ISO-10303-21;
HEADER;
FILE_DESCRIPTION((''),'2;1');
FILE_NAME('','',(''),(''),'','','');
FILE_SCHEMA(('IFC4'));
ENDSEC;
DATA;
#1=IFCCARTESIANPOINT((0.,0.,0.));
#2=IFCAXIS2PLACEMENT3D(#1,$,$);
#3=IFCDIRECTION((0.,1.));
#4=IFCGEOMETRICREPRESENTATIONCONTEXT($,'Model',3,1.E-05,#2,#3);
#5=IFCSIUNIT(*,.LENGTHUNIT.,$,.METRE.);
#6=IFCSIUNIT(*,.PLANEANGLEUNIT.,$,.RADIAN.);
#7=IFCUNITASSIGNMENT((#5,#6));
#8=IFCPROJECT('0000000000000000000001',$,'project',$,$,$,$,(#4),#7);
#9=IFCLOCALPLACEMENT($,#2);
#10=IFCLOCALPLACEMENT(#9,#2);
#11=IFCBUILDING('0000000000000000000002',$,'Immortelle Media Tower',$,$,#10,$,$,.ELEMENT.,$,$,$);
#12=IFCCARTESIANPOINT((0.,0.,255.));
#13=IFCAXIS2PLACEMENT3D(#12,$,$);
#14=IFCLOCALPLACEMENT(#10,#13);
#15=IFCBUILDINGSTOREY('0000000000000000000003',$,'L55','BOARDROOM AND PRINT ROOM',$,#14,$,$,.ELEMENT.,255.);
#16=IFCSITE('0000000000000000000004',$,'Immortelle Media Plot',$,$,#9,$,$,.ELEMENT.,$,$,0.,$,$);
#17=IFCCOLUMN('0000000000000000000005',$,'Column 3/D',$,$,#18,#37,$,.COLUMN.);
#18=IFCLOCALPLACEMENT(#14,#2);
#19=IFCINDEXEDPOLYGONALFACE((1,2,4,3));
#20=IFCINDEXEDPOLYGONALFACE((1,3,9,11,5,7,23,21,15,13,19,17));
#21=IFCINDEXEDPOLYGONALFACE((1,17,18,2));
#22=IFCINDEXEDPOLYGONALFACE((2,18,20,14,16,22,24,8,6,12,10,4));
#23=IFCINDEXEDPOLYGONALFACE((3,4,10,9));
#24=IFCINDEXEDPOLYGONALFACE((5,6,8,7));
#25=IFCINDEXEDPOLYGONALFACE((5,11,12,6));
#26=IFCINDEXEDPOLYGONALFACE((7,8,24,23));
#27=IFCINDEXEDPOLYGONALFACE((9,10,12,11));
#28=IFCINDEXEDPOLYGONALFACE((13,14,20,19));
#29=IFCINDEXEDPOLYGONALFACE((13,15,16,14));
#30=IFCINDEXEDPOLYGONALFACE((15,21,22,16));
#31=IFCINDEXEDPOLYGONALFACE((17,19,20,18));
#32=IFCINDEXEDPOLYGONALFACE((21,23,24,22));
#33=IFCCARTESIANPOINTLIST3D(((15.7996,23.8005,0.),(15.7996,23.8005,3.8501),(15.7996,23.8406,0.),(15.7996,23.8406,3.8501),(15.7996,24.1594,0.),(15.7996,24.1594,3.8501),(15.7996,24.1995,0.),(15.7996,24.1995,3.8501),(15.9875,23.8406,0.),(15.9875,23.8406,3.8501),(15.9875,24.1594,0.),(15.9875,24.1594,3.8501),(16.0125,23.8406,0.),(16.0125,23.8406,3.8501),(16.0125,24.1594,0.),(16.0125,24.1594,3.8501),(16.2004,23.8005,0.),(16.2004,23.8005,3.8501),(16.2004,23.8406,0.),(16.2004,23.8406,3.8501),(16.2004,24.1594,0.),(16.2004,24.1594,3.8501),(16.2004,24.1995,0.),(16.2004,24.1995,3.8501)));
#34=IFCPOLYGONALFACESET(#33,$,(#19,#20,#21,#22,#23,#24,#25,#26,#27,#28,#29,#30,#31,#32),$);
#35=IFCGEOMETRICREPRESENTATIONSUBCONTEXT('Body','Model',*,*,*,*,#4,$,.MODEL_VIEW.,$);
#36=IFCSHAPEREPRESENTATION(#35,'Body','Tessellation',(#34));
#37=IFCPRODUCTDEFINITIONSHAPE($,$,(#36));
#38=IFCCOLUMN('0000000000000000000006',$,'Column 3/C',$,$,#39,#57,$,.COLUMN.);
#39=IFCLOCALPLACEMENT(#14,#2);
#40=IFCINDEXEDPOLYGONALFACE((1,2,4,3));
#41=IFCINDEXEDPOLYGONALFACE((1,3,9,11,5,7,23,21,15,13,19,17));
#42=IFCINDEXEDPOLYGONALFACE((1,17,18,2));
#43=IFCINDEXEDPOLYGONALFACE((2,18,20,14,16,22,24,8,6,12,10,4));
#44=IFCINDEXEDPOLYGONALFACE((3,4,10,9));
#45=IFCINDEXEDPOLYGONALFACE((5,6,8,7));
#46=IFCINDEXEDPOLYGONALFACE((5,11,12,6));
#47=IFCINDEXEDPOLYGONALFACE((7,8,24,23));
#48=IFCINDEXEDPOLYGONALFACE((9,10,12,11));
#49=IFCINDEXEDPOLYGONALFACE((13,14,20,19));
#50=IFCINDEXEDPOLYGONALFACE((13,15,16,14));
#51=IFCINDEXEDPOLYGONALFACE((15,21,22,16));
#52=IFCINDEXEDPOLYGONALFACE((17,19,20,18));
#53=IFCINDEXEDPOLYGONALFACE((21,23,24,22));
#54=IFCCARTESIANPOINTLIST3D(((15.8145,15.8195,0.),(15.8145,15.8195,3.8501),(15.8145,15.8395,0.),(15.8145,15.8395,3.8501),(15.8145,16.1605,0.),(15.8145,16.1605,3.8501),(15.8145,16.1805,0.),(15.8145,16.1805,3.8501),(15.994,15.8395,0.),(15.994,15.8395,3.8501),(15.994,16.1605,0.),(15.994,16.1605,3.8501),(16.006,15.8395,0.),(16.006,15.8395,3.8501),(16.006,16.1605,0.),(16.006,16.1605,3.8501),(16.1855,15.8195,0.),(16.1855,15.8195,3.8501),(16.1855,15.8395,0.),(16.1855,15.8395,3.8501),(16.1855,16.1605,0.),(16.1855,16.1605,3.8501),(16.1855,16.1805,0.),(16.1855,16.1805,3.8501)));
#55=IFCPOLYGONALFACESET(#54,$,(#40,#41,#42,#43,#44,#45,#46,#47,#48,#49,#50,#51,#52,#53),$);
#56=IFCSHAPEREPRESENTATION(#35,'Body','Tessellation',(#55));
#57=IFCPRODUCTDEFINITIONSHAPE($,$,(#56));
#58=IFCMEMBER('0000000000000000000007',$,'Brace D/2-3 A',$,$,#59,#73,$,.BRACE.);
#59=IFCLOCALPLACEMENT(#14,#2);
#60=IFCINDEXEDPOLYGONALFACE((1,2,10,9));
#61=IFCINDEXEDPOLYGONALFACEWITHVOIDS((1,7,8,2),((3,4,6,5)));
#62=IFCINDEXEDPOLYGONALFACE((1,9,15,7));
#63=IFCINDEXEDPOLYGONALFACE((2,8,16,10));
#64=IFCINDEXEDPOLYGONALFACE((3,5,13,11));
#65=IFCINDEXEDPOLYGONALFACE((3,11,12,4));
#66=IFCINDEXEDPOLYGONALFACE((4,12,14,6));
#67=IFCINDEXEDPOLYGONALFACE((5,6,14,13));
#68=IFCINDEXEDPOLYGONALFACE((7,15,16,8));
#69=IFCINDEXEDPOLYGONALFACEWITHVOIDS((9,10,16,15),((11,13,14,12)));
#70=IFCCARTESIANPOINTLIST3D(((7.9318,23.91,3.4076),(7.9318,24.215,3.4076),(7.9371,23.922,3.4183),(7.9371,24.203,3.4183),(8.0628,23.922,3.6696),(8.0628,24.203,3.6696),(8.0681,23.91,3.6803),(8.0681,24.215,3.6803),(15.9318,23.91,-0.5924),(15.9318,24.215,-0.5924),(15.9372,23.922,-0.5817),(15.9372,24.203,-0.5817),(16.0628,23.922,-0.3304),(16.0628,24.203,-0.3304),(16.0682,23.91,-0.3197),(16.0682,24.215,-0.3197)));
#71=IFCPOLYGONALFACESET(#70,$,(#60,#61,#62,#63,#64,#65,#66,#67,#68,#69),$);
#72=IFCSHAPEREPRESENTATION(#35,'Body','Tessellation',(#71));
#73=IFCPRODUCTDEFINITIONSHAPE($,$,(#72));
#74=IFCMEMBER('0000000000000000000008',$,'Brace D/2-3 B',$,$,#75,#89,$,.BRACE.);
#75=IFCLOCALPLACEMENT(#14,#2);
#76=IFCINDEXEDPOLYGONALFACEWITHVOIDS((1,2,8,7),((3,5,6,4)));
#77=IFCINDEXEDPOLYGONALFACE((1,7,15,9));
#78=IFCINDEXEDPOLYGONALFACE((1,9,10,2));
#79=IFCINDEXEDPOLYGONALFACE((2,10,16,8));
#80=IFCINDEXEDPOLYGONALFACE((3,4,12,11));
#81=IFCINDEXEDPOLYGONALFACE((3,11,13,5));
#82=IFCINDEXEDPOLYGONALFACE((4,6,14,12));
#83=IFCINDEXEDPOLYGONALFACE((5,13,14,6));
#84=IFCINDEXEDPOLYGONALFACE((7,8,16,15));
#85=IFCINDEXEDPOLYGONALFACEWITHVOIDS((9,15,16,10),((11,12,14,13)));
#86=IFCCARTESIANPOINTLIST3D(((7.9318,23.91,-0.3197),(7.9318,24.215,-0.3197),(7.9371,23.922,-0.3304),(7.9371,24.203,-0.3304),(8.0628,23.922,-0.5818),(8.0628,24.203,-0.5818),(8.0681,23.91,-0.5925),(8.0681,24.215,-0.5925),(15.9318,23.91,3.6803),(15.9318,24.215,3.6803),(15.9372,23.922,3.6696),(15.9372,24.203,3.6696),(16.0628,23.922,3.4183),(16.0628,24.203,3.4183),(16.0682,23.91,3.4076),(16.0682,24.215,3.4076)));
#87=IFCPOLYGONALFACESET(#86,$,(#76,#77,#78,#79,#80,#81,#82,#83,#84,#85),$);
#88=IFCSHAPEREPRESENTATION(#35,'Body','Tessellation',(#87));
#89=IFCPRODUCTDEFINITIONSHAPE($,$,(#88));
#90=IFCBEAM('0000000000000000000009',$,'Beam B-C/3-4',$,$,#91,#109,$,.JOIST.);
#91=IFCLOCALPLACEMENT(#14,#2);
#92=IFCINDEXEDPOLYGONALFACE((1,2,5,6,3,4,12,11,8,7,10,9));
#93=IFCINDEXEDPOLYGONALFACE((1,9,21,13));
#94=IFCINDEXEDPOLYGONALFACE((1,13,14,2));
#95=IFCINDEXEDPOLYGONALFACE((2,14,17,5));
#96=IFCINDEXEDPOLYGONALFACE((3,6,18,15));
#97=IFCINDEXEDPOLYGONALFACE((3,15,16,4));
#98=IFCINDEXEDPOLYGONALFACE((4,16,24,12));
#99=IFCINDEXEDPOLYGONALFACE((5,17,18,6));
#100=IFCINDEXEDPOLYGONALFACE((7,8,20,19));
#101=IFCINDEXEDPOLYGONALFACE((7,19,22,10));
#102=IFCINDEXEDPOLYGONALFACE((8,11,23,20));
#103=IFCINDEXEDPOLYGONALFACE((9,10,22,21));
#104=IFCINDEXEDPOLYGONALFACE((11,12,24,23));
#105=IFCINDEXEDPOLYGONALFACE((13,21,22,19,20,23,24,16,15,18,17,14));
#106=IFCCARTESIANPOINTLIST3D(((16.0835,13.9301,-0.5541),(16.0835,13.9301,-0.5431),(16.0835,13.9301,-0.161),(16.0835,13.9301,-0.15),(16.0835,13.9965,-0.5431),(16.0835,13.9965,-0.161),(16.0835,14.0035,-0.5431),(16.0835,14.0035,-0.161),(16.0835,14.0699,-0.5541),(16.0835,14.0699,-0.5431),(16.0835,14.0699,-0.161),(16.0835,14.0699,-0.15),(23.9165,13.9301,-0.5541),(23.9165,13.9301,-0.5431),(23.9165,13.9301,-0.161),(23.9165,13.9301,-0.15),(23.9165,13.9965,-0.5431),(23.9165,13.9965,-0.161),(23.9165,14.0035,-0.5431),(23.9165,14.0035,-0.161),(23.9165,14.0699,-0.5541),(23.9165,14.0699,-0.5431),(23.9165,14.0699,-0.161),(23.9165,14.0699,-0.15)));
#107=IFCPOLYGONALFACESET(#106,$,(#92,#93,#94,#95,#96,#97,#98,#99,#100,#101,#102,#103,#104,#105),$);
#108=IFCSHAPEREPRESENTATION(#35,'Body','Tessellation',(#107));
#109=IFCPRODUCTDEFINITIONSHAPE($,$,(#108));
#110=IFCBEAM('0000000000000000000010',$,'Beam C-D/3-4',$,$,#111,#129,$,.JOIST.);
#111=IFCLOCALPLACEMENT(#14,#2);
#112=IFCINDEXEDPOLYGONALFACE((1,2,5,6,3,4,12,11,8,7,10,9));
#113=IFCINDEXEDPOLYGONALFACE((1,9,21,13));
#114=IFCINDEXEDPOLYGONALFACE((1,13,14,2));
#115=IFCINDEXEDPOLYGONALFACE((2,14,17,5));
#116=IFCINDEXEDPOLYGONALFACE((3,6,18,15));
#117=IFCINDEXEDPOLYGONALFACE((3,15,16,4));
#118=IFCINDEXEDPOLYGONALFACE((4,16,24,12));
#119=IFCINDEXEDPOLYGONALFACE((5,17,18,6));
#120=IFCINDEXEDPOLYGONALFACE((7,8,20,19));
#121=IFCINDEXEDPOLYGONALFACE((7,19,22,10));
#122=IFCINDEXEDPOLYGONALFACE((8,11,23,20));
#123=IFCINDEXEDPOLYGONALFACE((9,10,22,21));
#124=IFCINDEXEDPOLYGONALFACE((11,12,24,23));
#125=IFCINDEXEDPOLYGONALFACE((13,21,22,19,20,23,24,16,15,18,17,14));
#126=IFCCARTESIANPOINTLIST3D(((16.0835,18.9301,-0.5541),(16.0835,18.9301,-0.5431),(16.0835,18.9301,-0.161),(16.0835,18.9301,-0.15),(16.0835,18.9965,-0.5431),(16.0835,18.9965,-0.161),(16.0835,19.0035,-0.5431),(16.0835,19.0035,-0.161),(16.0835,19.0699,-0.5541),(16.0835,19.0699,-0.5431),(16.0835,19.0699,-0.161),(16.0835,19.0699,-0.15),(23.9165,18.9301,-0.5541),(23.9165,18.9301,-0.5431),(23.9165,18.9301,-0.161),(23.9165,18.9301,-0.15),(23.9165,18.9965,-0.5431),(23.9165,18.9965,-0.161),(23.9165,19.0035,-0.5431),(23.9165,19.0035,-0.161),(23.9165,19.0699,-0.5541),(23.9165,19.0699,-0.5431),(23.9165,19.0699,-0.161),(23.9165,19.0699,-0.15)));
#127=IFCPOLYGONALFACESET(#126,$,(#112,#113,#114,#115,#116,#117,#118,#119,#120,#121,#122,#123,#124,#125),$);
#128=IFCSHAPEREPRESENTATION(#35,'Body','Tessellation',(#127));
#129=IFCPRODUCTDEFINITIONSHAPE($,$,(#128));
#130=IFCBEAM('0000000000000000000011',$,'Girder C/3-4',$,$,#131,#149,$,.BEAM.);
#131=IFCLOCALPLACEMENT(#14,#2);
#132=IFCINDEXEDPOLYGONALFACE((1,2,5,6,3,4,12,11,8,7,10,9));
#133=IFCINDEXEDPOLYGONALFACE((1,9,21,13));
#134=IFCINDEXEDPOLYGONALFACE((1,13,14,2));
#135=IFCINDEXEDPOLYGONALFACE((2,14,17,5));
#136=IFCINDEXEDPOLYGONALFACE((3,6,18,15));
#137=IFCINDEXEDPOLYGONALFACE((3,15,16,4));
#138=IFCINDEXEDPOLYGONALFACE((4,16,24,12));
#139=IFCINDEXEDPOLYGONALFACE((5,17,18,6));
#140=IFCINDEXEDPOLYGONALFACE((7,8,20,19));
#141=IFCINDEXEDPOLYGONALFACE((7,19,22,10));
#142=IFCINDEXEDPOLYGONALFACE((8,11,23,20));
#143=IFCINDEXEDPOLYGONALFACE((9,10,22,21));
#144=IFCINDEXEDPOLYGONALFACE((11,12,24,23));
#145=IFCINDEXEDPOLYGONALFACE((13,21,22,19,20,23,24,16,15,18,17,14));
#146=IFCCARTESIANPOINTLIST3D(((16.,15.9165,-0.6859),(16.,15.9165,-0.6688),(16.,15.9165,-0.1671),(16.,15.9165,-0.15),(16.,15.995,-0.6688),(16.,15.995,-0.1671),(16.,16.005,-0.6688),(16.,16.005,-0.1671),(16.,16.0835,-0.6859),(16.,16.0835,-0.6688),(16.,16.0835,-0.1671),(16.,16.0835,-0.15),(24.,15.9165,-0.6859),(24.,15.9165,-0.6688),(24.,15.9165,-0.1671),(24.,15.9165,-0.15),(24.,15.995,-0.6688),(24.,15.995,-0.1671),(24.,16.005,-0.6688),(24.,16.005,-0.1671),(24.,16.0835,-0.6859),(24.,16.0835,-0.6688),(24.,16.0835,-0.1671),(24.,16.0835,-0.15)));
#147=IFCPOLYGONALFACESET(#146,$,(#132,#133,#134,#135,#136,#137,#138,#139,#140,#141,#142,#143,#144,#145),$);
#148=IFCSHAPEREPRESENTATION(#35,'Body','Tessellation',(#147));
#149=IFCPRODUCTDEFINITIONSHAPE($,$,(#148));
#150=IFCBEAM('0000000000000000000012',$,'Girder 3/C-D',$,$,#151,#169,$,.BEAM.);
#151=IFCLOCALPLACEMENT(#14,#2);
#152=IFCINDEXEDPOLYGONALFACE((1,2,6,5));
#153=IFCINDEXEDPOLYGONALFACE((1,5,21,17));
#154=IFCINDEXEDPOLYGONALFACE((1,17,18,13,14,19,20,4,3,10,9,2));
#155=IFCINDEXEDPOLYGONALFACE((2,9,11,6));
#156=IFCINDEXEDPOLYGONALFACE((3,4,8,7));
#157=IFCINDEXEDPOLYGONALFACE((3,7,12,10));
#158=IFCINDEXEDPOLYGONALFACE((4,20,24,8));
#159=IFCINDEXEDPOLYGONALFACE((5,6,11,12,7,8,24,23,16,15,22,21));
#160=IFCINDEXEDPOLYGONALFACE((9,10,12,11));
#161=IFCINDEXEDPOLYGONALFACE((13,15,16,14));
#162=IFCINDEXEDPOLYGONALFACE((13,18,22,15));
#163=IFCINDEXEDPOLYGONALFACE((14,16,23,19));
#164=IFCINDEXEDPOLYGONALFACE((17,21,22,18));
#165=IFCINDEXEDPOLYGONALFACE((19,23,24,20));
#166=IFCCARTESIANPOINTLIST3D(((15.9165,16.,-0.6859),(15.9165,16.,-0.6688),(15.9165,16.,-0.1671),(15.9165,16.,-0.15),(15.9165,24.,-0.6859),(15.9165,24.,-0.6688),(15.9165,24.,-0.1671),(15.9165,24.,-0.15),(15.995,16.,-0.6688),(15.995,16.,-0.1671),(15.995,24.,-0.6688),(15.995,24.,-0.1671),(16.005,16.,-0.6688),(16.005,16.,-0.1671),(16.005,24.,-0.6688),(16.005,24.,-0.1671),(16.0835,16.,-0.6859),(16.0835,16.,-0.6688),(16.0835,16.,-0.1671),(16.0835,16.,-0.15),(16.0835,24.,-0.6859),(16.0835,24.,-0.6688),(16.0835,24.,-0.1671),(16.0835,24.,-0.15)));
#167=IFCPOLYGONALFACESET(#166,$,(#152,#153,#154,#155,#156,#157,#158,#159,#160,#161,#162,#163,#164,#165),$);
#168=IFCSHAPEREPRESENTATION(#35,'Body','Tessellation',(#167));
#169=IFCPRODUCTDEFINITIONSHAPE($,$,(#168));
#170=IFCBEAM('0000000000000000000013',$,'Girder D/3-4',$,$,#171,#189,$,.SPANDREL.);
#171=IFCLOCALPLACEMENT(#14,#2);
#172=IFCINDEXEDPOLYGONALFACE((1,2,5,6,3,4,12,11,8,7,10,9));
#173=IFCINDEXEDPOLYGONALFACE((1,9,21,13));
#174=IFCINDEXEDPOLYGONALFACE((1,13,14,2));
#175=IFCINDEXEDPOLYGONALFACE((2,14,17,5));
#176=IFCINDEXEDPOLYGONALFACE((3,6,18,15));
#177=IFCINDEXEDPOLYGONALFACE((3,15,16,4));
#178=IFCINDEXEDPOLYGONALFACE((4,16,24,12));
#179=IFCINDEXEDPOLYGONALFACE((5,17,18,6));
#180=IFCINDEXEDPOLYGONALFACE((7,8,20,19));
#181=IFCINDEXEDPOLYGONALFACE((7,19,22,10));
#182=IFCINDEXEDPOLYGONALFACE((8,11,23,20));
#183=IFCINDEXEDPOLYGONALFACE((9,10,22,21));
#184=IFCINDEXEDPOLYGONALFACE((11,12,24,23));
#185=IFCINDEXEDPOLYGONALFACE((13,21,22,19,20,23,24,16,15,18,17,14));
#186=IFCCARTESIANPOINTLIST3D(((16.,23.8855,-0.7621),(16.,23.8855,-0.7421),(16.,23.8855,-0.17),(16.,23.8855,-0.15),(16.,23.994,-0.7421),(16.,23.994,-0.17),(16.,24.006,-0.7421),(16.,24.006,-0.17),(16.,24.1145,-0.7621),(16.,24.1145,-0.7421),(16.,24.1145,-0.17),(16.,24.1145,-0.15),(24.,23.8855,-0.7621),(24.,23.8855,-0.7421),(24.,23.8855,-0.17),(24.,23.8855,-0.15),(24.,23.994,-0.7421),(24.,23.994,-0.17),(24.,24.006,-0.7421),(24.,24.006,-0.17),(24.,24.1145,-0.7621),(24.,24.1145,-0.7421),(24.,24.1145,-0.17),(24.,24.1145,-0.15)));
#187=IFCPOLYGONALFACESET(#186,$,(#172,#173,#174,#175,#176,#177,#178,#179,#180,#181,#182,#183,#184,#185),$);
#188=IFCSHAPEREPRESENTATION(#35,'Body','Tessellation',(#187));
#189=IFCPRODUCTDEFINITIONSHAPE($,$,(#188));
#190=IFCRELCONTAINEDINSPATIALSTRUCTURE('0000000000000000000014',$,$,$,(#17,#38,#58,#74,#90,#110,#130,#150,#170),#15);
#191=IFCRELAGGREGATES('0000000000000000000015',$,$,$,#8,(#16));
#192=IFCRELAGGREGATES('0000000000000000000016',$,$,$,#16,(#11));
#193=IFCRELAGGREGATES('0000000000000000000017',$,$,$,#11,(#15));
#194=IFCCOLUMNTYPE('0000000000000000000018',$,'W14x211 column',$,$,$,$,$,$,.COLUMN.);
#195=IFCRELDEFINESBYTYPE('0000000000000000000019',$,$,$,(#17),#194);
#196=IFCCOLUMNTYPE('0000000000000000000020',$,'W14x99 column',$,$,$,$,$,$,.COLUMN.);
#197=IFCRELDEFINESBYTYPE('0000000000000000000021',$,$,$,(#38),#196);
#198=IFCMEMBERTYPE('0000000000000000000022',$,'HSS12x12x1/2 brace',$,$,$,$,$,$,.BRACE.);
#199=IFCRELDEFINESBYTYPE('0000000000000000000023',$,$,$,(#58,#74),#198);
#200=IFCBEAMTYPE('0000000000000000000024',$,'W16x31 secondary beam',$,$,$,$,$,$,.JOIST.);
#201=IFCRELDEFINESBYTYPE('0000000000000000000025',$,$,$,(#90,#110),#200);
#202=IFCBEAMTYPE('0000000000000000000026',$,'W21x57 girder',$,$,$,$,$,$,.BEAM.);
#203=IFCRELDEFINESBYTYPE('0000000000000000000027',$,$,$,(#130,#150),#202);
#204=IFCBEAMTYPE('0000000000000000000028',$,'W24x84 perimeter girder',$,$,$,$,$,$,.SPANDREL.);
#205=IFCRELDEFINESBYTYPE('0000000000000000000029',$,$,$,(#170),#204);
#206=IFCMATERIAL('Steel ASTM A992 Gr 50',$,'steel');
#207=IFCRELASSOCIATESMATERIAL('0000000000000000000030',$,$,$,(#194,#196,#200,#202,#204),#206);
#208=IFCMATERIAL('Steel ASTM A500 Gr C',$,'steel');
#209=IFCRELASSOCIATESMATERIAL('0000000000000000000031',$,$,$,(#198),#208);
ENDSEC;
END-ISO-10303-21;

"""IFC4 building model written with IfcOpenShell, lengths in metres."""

from ifc_helpers import new_model, si_unit, direction, frame, origin, origin_2d, place, context, subcontext, project, spatial, hollow_rectangle, i_section, extrude, material, material_profile, profile_set, type_object, element, save


model = new_model("IFC4")

# Units and contexts
model_context = context("Model", 3, precision=1e-05, world=origin(), true_north=direction((0.0, 1.0)))
body_context = subcontext(model_context, "Body", "Model", "MODEL_VIEW")
ifc_project = project(units=[si_unit("LENGTHUNIT", "METRE"), si_unit("PLANEANGLEUNIT", "RADIAN")], contexts=[model_context])

# Site, building, storey
site_placement = place(None, origin())
site = spatial("IfcSite", under=ifc_project, at=site_placement, Name="Immortelle Media Plot", CompositionType="ELEMENT", RefElevation=0.0)
building_placement = place(site_placement, origin())
building = spatial("IfcBuilding", under=site, at=building_placement, Name="Immortelle Media Tower", CompositionType="ELEMENT")
storey_placement = place(building_placement, frame((0.0, 0.0, 255.0)))
storey = spatial("IfcBuildingStorey", under=building, at=storey_placement, Name="L55", Description="BOARDROOM AND PRINT ROOM", CompositionType="ELEMENT", Elevation=255.0)

# Columns
ifc_material_1 = material(Name="Steel ASTM A992 Gr 50", Category="steel")
ifc_material_profile_1 = material_profile(ifc_material_1, i_section(OverallWidth=0.4009, OverallDepth=0.3989, WebThickness=0.0249, FlangeThickness=0.04, at=origin_2d()), Name="W14x211")
ifc_profile_set_1 = profile_set([ifc_material_profile_1], Name="Steel ASTM A992 Gr 50")
column_type_1 = type_object("IfcColumnType", Name="W14x211 column", PredefinedType="COLUMN", material=ifc_profile_set_1)
column_1_placement = place(storey_placement, frame((16.0, 24.0, 0.0), z_axis=(0.0, 0.0, 1.0), x_axis=(1.0, 0.0, 0.0)))
element("IfcColumn", 1, at=column_1_placement, inside=storey, type_object=column_type_1, Name="Column 3/D", PredefinedType="COLUMN", context=body_context, shape_type="SweptSolid", body=[
    extrude(i_section(OverallWidth=0.4009, OverallDepth=0.3989, WebThickness=0.0249, FlangeThickness=0.04, at=origin_2d()), origin(), (0.0, 0.0, 1.0), 3.8501),
])
ifc_material_profile_2 = material_profile(ifc_material_1, i_section(OverallWidth=0.3711, OverallDepth=0.3611, WebThickness=0.012, FlangeThickness=0.02, at=origin_2d()), Name="W14x99")
ifc_profile_set_2 = profile_set([ifc_material_profile_2], Name="Steel ASTM A992 Gr 50")
column_type_2 = type_object("IfcColumnType", Name="W14x99 column", PredefinedType="COLUMN", material=ifc_profile_set_2)
column_2_placement = place(storey_placement, frame((16.0, 16.0, 0.0), z_axis=(0.0, 0.0, 1.0), x_axis=(1.0, 0.0, 0.0)))
element("IfcColumn", 2, at=column_2_placement, inside=storey, type_object=column_type_2, Name="Column 3/C", PredefinedType="COLUMN", context=body_context, shape_type="SweptSolid", body=[
    extrude(i_section(OverallWidth=0.3711, OverallDepth=0.3611, WebThickness=0.012, FlangeThickness=0.02, at=origin_2d()), origin(), (0.0, 0.0, 1.0), 3.8501),
])

# Members
ifc_material_2 = material(Name="Steel ASTM A500 Gr C", Category="steel")
ifc_material_profile_3 = material_profile(ifc_material_2, hollow_rectangle(XDim=0.3049, YDim=0.3049, WallThickness=0.012, at=origin_2d()), Name="HSS12x12x1/2 brace")
ifc_profile_set_3 = profile_set([ifc_material_profile_3], Name="Steel ASTM A500 Gr C")
member_type = type_object("IfcMemberType", Name="HSS12x12x1/2 brace", PredefinedType="BRACE", material=ifc_profile_set_3)
for number, where, z_axis, x_axis, name in (
    (3, (16.0, 24.0625, -0.4561), (-0.894427, 0.0, 0.447214), (0.0, -1.0, 0.0), "Brace D/2-3 A"),
    (4, (16.0, 24.0625, 3.5439), (-0.894427, 0.0, -0.447214), (0.0, -1.0, 0.0), "Brace D/2-3 B"),
):
    element("IfcMember", number, at=place(storey_placement, frame(where, z_axis=z_axis, x_axis=x_axis)), inside=storey, type_object=member_type, Name=name, PredefinedType="BRACE", context=body_context, shape_type="SweptSolid", body=[
        extrude(hollow_rectangle(XDim=0.3049, YDim=0.3049, WallThickness=0.012, at=origin_2d()), origin(), (0.0, 0.0, 1.0), 8.9443),
    ])

# Beams
ifc_material_profile_4 = material_profile(ifc_material_1, i_section(OverallWidth=0.1399, OverallDepth=0.4041, WebThickness=0.0071, FlangeThickness=0.011, at=origin_2d()), Name="W16x31")
ifc_profile_set_4 = profile_set([ifc_material_profile_4], Name="Steel ASTM A992 Gr 50")
beam_type_1 = type_object("IfcBeamType", Name="W16x31 secondary beam", PredefinedType="JOIST", material=ifc_profile_set_4)
for number, where, z_axis, x_axis, name in (
    (5, (16.0835, 14.0, -0.3521), (1.0, 0.0, 0.0), (0.0, 1.0, 0.0), "Beam B-C/3-4"),
    (6, (16.0835, 19.0, -0.3521), (1.0, 0.0, 0.0), (0.0, 1.0, 0.0), "Beam C-D/3-4"),
):
    element("IfcBeam", number, at=place(storey_placement, frame(where, z_axis=z_axis, x_axis=x_axis)), inside=storey, type_object=beam_type_1, Name=name, PredefinedType="JOIST", context=body_context, shape_type="SweptSolid", body=[
        extrude(i_section(OverallWidth=0.1399, OverallDepth=0.4041, WebThickness=0.0071, FlangeThickness=0.011, at=origin_2d()), origin(), (0.0, 0.0, 1.0), 7.833),
    ])
ifc_material_profile_5 = material_profile(ifc_material_1, i_section(OverallWidth=0.167, OverallDepth=0.5359, WebThickness=0.01, FlangeThickness=0.0171, at=origin_2d()), Name="W21x57")
ifc_profile_set_5 = profile_set([ifc_material_profile_5], Name="Steel ASTM A992 Gr 50")
beam_type_2 = type_object("IfcBeamType", Name="W21x57 girder", PredefinedType="BEAM", material=ifc_profile_set_5)
for number, where, z_axis, x_axis, name in (
    (7, (16.0, 16.0, -0.418), (1.0, 0.0, 0.0), (0.0, 1.0, 0.0), "Girder C/3-4"),
    (8, (16.0, 16.0, -0.418), (0.0, 1.0, 0.0), (-1.0, 0.0, 0.0), "Girder 3/C-D"),
):
    element("IfcBeam", number, at=place(storey_placement, frame(where, z_axis=z_axis, x_axis=x_axis)), inside=storey, type_object=beam_type_2, Name=name, PredefinedType="BEAM", context=body_context, shape_type="SweptSolid", body=[
        extrude(i_section(OverallWidth=0.167, OverallDepth=0.5359, WebThickness=0.01, FlangeThickness=0.0171, at=origin_2d()), origin(), (0.0, 0.0, 1.0), 8.0),
    ])
ifc_material_profile_6 = material_profile(ifc_material_1, i_section(OverallWidth=0.229, OverallDepth=0.6121, WebThickness=0.012, FlangeThickness=0.02, at=origin_2d()), Name="W24x84")
ifc_profile_set_6 = profile_set([ifc_material_profile_6], Name="Steel ASTM A992 Gr 50")
beam_type_3 = type_object("IfcBeamType", Name="W24x84 perimeter girder", PredefinedType="SPANDREL", material=ifc_profile_set_6)
beam_placement = place(storey_placement, frame((16.0, 24.0, -0.4561), z_axis=(1.0, 0.0, 0.0), x_axis=(0.0, 1.0, 0.0)))
element("IfcBeam", 9, at=beam_placement, inside=storey, type_object=beam_type_3, Name="Girder D/3-4", PredefinedType="SPANDREL", context=body_context, shape_type="SweptSolid", body=[
    extrude(i_section(OverallWidth=0.229, OverallDepth=0.6121, WebThickness=0.012, FlangeThickness=0.02, at=origin_2d()), origin(), (0.0, 0.0, 1.0), 8.0),
])

save(model, "model.ifc")
